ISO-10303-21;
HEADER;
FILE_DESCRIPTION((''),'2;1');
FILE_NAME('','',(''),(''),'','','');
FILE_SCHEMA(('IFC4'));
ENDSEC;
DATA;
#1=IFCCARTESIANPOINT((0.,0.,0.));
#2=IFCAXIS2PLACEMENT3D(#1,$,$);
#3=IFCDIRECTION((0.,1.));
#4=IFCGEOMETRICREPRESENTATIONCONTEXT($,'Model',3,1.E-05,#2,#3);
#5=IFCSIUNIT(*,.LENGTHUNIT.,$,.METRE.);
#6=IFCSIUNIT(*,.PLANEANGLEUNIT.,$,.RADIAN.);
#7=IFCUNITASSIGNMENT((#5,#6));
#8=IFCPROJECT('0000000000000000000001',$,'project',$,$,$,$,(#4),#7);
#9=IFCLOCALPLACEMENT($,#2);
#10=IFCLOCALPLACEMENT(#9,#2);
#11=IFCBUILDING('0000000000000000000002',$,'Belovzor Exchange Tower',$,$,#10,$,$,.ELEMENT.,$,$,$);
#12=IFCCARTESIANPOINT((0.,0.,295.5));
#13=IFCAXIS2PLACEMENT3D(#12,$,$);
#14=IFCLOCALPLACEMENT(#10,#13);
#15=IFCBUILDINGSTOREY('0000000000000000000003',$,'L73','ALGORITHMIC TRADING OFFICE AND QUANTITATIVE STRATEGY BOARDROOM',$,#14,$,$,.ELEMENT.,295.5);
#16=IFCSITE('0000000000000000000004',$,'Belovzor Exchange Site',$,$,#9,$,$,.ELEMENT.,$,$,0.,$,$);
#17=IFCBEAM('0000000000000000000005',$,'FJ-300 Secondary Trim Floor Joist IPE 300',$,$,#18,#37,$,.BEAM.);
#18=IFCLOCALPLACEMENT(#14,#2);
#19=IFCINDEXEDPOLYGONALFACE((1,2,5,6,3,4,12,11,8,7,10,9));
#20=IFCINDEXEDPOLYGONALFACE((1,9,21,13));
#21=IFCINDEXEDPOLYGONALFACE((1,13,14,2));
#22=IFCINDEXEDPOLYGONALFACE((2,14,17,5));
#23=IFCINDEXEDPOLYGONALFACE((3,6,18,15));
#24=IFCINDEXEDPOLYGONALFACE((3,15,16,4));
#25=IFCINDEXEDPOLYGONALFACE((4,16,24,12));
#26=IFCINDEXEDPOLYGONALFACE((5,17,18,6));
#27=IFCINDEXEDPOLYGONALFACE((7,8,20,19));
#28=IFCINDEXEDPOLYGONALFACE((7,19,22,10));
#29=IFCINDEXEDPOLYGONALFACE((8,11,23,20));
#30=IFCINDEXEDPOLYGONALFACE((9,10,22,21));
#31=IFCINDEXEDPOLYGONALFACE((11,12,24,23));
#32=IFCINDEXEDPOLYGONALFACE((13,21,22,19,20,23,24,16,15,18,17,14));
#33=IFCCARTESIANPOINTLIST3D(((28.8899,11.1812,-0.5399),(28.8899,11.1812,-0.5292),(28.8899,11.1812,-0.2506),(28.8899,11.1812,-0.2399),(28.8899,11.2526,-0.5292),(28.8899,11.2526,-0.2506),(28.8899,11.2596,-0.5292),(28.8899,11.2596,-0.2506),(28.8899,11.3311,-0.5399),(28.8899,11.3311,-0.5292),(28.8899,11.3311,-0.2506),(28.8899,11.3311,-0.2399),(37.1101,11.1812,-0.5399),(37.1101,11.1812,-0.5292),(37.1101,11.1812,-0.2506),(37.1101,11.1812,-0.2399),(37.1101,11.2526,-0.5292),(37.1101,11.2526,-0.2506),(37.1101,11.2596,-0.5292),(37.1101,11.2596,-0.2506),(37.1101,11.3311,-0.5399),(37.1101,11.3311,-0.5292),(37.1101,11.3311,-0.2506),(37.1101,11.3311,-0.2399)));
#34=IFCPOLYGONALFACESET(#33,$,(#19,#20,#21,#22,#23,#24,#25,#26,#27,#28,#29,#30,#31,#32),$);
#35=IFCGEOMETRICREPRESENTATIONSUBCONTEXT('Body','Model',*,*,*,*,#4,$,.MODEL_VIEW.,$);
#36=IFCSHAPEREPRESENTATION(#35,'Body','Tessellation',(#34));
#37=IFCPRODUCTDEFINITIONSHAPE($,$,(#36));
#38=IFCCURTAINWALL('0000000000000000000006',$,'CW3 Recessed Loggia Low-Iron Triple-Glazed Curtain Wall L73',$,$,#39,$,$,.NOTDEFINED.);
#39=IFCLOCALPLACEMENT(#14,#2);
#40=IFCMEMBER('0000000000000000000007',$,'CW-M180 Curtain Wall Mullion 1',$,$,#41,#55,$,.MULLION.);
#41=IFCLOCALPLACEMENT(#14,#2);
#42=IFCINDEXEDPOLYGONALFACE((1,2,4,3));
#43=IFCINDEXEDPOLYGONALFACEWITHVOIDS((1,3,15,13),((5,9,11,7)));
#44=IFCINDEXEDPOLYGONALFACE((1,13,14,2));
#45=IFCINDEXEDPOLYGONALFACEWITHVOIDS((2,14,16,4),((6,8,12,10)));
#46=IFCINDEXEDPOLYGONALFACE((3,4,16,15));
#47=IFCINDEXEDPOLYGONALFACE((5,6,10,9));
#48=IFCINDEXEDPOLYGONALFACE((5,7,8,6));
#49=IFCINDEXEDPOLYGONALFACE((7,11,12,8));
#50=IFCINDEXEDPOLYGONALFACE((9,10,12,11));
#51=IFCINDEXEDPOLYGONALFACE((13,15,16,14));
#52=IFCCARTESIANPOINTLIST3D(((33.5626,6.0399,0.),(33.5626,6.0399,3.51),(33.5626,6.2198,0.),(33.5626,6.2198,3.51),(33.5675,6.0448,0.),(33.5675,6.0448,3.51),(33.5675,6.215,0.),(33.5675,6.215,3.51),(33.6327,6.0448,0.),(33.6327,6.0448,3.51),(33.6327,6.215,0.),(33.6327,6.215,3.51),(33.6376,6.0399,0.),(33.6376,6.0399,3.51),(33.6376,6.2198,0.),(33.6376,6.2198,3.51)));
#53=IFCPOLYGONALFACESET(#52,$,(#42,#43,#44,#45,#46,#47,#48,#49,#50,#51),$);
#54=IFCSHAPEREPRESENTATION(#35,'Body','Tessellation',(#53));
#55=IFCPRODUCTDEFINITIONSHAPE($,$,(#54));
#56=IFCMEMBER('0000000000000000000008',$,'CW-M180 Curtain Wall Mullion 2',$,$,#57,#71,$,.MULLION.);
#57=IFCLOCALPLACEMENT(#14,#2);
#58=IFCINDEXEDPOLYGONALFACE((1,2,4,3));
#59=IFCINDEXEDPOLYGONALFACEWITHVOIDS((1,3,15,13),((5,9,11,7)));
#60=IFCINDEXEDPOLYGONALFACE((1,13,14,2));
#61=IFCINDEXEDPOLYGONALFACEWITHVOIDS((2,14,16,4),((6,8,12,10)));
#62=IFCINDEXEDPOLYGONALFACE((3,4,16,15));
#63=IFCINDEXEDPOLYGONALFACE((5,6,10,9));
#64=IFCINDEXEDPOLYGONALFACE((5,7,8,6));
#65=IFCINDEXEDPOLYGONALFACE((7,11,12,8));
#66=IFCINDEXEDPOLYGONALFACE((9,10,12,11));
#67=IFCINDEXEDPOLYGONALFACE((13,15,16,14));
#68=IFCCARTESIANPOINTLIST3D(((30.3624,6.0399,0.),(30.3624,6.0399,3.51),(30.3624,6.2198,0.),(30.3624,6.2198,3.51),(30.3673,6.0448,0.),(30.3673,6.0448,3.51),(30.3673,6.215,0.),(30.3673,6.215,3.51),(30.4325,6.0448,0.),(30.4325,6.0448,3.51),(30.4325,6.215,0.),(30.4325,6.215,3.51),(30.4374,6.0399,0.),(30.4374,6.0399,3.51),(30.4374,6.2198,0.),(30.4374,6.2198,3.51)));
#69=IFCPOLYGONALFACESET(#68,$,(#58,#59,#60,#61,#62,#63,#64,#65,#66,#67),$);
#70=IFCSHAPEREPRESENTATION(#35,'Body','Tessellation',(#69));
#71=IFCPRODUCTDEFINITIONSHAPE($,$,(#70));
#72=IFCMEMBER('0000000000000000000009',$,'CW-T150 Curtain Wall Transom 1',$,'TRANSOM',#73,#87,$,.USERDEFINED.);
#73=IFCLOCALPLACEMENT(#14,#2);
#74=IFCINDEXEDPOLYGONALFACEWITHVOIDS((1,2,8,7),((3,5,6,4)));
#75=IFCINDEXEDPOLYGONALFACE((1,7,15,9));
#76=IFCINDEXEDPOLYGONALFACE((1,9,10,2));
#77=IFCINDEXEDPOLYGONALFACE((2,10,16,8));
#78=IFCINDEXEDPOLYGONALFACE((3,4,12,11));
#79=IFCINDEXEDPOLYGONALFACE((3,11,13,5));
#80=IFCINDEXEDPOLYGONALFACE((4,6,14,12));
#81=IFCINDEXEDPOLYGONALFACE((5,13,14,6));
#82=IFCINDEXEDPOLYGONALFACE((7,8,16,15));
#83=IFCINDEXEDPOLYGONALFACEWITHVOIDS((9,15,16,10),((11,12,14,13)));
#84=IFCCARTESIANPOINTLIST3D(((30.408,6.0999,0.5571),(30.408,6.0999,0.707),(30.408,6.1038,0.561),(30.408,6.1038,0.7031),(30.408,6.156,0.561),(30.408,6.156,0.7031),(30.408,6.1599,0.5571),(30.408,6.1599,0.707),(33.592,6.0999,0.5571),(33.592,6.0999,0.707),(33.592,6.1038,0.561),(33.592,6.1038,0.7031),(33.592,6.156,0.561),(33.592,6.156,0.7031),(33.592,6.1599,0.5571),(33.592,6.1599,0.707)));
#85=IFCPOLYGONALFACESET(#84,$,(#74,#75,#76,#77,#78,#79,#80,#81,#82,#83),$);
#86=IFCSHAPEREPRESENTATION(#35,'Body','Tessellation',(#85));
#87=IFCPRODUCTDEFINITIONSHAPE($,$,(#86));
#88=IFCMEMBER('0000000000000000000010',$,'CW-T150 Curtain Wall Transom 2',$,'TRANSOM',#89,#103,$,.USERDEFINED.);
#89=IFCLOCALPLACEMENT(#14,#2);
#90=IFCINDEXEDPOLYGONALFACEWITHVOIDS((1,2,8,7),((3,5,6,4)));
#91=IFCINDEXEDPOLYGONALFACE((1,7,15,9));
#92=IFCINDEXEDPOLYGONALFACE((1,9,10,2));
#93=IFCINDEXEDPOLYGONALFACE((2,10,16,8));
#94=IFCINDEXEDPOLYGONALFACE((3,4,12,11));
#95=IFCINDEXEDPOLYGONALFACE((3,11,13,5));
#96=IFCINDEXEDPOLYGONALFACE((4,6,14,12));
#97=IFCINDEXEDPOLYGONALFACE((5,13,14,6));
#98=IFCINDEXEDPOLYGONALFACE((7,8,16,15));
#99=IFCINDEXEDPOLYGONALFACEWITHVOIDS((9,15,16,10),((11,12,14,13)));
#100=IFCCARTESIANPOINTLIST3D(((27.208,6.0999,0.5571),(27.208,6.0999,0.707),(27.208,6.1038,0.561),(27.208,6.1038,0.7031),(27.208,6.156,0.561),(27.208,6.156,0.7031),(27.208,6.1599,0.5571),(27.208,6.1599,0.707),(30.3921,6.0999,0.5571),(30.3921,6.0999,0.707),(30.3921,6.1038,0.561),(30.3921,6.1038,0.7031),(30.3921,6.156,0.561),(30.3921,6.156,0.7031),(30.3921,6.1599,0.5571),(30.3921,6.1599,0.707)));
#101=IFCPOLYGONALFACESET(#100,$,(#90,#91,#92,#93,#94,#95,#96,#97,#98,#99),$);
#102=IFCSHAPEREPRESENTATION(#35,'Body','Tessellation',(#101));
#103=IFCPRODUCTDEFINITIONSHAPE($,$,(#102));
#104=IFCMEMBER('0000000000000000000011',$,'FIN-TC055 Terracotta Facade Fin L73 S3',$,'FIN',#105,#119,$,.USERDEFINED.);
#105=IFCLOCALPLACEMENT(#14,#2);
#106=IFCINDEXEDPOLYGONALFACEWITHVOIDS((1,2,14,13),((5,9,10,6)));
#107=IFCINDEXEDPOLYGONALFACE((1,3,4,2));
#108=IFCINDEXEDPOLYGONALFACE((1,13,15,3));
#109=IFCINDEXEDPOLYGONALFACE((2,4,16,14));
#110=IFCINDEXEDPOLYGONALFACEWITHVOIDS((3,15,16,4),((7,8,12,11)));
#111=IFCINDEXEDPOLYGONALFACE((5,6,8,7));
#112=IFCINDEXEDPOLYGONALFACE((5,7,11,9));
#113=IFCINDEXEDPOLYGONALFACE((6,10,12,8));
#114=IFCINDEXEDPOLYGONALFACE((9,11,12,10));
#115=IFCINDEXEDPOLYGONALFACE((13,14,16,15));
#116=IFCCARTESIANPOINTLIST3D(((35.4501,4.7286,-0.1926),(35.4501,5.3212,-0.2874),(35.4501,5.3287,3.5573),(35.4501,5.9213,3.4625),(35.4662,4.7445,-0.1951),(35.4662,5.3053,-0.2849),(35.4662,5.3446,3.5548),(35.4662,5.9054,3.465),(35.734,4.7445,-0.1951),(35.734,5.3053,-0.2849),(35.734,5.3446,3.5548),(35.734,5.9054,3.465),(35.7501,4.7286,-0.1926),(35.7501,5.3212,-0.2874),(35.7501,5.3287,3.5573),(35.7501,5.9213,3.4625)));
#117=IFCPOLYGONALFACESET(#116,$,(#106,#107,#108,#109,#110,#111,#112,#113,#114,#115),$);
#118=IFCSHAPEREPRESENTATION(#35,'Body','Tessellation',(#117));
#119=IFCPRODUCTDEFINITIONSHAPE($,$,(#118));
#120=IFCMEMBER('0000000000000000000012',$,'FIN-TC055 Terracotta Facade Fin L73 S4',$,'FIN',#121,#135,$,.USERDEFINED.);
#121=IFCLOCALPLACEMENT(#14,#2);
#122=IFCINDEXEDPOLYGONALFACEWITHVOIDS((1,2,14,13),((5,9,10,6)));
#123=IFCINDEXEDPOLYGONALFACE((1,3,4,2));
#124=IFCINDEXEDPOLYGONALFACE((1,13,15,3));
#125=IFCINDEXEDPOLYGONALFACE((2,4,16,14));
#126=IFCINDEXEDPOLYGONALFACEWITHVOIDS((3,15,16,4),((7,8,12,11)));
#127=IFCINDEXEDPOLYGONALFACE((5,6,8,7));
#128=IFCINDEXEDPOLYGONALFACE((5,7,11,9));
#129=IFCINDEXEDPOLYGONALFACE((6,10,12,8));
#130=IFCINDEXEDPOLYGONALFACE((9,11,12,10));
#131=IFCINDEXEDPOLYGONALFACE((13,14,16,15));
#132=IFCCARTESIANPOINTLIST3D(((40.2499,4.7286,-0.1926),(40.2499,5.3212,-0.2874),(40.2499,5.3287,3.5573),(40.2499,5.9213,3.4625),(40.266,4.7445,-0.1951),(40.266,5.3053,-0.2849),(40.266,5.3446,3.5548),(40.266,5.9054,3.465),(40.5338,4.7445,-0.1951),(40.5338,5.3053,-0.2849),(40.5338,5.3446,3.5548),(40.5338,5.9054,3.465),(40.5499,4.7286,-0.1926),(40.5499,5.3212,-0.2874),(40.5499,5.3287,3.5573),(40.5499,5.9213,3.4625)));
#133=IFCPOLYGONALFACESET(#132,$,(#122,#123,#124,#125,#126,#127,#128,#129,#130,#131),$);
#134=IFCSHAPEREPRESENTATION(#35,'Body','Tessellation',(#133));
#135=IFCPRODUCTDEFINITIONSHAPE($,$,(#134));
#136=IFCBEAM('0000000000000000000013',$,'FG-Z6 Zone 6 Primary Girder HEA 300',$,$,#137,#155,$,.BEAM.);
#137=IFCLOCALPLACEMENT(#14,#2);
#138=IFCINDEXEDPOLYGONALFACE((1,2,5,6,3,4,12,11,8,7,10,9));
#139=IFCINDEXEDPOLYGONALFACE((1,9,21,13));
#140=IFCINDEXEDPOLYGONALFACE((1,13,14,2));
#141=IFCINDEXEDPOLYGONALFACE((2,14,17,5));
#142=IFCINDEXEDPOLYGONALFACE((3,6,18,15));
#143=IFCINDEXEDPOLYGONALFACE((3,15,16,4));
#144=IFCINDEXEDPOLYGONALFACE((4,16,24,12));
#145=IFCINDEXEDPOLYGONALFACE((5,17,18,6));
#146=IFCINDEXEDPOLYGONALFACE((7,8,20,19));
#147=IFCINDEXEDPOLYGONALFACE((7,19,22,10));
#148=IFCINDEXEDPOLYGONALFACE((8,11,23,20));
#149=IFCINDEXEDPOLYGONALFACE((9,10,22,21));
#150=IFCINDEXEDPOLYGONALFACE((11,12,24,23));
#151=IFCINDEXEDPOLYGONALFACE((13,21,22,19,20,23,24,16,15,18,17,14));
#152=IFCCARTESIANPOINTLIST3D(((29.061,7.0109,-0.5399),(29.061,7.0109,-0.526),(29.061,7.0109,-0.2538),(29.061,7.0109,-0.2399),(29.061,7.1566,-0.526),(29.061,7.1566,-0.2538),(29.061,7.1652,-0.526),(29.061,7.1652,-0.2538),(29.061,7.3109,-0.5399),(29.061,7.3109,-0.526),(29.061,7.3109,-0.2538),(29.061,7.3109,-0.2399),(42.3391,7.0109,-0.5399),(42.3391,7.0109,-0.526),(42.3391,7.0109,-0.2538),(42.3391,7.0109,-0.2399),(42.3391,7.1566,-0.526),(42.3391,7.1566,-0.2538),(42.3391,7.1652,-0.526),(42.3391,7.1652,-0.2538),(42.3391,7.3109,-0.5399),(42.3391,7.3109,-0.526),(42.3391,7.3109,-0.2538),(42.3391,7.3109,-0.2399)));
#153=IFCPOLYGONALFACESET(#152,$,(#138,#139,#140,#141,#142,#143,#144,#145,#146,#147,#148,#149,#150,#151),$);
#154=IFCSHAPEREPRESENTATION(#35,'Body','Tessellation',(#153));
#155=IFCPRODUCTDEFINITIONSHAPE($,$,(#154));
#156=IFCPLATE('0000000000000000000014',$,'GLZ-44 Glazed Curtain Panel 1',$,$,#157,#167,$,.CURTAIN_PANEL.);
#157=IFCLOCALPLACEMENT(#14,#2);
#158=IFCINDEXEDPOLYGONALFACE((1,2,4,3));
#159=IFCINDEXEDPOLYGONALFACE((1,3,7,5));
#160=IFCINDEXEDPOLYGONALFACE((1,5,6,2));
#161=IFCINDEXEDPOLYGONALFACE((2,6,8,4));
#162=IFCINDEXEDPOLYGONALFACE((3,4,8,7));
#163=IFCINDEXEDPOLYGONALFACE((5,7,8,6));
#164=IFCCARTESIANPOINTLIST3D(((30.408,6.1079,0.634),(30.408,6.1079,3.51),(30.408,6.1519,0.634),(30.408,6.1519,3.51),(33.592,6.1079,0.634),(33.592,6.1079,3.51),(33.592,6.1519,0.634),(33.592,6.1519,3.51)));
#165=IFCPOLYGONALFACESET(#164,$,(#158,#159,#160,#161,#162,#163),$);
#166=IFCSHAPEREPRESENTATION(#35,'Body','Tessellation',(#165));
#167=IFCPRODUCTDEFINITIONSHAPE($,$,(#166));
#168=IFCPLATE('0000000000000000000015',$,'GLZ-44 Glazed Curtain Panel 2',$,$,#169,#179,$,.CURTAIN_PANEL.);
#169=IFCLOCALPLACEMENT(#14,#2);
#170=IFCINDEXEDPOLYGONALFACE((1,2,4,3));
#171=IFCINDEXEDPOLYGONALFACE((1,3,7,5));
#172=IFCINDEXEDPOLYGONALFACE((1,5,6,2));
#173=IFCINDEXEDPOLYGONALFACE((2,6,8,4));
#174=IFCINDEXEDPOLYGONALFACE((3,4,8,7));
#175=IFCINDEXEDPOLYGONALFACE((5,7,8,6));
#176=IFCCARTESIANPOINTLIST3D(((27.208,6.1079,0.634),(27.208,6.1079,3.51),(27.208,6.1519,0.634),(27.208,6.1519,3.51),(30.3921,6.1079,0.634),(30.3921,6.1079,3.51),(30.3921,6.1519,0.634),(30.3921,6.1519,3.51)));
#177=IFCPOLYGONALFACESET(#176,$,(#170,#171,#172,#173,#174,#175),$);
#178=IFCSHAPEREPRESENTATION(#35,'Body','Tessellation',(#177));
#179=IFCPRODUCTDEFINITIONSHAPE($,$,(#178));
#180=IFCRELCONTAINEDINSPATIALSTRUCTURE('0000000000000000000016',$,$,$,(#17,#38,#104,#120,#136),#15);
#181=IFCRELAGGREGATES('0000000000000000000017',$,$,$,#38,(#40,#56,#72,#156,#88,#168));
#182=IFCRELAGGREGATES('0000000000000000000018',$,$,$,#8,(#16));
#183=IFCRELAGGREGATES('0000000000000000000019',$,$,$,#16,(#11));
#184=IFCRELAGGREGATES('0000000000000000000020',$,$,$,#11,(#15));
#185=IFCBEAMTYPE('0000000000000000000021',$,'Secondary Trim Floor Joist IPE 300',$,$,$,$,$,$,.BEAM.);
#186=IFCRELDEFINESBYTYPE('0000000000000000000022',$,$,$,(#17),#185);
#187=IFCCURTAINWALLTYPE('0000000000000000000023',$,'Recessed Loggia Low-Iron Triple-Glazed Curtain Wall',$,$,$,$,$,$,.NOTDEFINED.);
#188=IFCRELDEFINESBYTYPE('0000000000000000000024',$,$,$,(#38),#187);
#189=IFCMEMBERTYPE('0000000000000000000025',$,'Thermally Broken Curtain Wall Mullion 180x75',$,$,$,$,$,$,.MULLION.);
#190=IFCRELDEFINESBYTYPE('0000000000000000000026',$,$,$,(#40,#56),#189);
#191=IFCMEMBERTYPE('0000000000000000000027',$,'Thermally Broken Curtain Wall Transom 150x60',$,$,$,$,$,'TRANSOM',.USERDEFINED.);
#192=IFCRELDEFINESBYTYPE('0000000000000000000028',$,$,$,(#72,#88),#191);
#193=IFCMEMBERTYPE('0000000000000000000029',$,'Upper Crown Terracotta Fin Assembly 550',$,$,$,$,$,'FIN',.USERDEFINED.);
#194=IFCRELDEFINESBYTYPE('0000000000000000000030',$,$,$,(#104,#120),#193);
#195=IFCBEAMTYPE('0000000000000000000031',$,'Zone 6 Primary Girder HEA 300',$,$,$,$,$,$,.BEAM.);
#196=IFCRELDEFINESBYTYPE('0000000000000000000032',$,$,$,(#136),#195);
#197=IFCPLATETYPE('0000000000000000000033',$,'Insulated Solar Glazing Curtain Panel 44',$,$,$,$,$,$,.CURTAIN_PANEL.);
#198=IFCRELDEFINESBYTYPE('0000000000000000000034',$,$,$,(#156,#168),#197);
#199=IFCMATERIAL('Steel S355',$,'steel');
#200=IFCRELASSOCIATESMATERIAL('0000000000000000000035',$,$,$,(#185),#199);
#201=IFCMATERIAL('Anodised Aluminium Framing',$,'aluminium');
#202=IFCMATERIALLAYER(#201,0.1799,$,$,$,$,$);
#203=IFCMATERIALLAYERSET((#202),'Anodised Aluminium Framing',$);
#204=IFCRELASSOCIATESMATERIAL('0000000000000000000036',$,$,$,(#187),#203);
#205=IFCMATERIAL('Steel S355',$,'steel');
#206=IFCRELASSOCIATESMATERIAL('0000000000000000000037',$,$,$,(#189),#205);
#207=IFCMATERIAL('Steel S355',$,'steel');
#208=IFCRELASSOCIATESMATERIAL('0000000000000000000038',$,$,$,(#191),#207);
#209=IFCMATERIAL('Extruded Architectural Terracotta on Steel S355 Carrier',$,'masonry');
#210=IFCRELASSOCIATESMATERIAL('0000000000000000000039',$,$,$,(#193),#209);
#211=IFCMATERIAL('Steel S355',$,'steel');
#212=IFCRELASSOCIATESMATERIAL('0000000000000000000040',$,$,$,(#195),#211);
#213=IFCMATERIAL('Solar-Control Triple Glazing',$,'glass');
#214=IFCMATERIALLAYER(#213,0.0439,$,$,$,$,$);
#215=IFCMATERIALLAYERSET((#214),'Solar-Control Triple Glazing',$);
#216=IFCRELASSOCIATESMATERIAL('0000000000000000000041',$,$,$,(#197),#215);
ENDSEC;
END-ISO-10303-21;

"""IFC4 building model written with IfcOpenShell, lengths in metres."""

from ifc_helpers import new_model, si_unit, direction, frame, origin, origin_2d, place, context, subcontext, project, spatial, rectangle, hollow_rectangle, i_section, extrude, material, layer, layer_set, material_profile, profile_set, type_object, element, aggregate, save


model = new_model("IFC4")

# Units and contexts
model_context = context("Model", 3, precision=1e-05, world=origin(), true_north=direction((0.0, 1.0)))
body_context = subcontext(model_context, "Body", "Model", "MODEL_VIEW")
ifc_project = project(units=[si_unit("LENGTHUNIT", "METRE"), si_unit("PLANEANGLEUNIT", "RADIAN")], contexts=[model_context])

# Site, building, storey
site_placement = place(None, origin())
site = spatial("IfcSite", under=ifc_project, at=site_placement, Name="Belovzor Exchange Site", CompositionType="ELEMENT", RefElevation=0.0)
building_placement = place(site_placement, origin())
building = spatial("IfcBuilding", under=site, at=building_placement, Name="Belovzor Exchange Tower", CompositionType="ELEMENT")
storey_placement = place(building_placement, frame((0.0, 0.0, 295.5)))
storey = spatial("IfcBuildingStorey", under=building, at=storey_placement, Name="L73", Description="ALGORITHMIC TRADING OFFICE AND QUANTITATIVE STRATEGY BOARDROOM", CompositionType="ELEMENT", Elevation=295.5)

# Beam
ifc_material_1 = material(Name="Steel S355", Category="steel")
ifc_material_profile_1 = material_profile(ifc_material_1, i_section(OverallWidth=0.1499, OverallDepth=0.3, WebThickness=0.0071, FlangeThickness=0.0107, at=origin_2d()))
ifc_profile_set_1 = profile_set([ifc_material_profile_1], Name="Steel S355")
beam_type_1 = type_object("IfcBeamType", Name="Secondary Trim Floor Joist IPE 300", PredefinedType="BEAM", material=ifc_profile_set_1)
beam_1_placement = place(storey_placement, frame((28.8899, 11.2561, -0.3899), z_axis=(1.0, 0.0, 0.0), x_axis=(0.0, 1.0, 0.0)))
element("IfcBeam", 1, at=beam_1_placement, inside=storey, type_object=beam_type_1, Name="FJ-300 Secondary Trim Floor Joist IPE 300", PredefinedType="BEAM", context=body_context, shape_type="SweptSolid", body=[
    extrude(i_section(OverallWidth=0.1499, OverallDepth=0.3, WebThickness=0.0071, FlangeThickness=0.0107, at=origin_2d()), origin(), (0.0, 0.0, 1.0), 8.2202),
])

# Curtain wall, members
ifc_material_2 = material(Name="Anodised Aluminium Framing", Category="aluminium")
ifc_layer_1 = layer(ifc_material_2, 0.1799)
ifc_layer_set_1 = layer_set([ifc_layer_1], Name="Anodised Aluminium Framing")
curtain_wall_type = type_object("IfcCurtainWallType", Name="Recessed Loggia Low-Iron Triple-Glazed Curtain Wall", PredefinedType="NOTDEFINED", material=ifc_layer_set_1)
curtain_wall_placement = place(storey_placement, origin())
curtain_wall = element("IfcCurtainWall", 2, at=curtain_wall_placement, inside=storey, type_object=curtain_wall_type, Name="CW3 Recessed Loggia Low-Iron Triple-Glazed Curtain Wall L73", PredefinedType="NOTDEFINED")
ifc_material_3 = material(Name="Steel S355", Category="steel")
ifc_material_profile_2 = material_profile(ifc_material_3, hollow_rectangle(XDim=0.075, YDim=0.1799, WallThickness=0.0049, at=origin_2d()))
ifc_profile_set_2 = profile_set([ifc_material_profile_2], Name="Steel S355")
member_type_1 = type_object("IfcMemberType", Name="Thermally Broken Curtain Wall Mullion 180x75", PredefinedType="MULLION", material=ifc_profile_set_2)
member_1_placement = place(storey_placement, frame((33.6001, 6.1299, 0.0), z_axis=(0.0, 0.0, 1.0), x_axis=(-1.0, 0.0, 0.0)))
member_1 = element("IfcMember", 3, at=member_1_placement, type_object=member_type_1, Name="CW-M180 Curtain Wall Mullion 1", PredefinedType="MULLION", context=body_context, shape_type="SweptSolid", body=[
    extrude(hollow_rectangle(XDim=0.075, YDim=0.1799, WallThickness=0.0049, at=origin_2d()), origin(), (0.0, 0.0, 1.0), 3.51),
])
member_2_placement = place(storey_placement, frame((30.3999, 6.1299, 0.0), z_axis=(0.0, 0.0, 1.0), x_axis=(-1.0, 0.0, 0.0)))
member_2 = element("IfcMember", 4, at=member_2_placement, type_object=member_type_1, Name="CW-M180 Curtain Wall Mullion 2", PredefinedType="MULLION", context=body_context, shape_type="SweptSolid", body=[
    extrude(hollow_rectangle(XDim=0.075, YDim=0.1799, WallThickness=0.0049, at=origin_2d()), origin(), (0.0, 0.0, 1.0), 3.51),
])
ifc_material_4 = material(Name="Steel S355", Category="steel")
ifc_material_profile_3 = material_profile(ifc_material_4, hollow_rectangle(XDim=0.0601, YDim=0.1499, WallThickness=0.0039, at=origin_2d()))
ifc_profile_set_3 = profile_set([ifc_material_profile_3], Name="Steel S355")
member_type_2 = type_object("IfcMemberType", Name="Thermally Broken Curtain Wall Transom 150x60", ElementType="TRANSOM", PredefinedType="USERDEFINED", material=ifc_profile_set_3)
member_3_placement = place(storey_placement, frame((33.592, 6.1299, 0.6321), z_axis=(-1.0, 0.0, 0.0), x_axis=(0.0, -1.0, 0.0)))
member_3 = element("IfcMember", 5, at=member_3_placement, type_object=member_type_2, Name="CW-T150 Curtain Wall Transom 1", ObjectType="TRANSOM", PredefinedType="USERDEFINED", context=body_context, shape_type="SweptSolid", body=[
    extrude(hollow_rectangle(XDim=0.0601, YDim=0.1499, WallThickness=0.0039, at=origin_2d()), origin(), (0.0, 0.0, 1.0), 3.1841),
])
member_4_placement = place(storey_placement, frame((30.3921, 6.1299, 0.6321), z_axis=(-1.0, 0.0, 0.0), x_axis=(0.0, -1.0, 0.0)))
member_4 = element("IfcMember", 6, at=member_4_placement, type_object=member_type_2, Name="CW-T150 Curtain Wall Transom 2", ObjectType="TRANSOM", PredefinedType="USERDEFINED", context=body_context, shape_type="SweptSolid", body=[
    extrude(hollow_rectangle(XDim=0.0601, YDim=0.1499, WallThickness=0.0039, at=origin_2d()), origin(), (0.0, 0.0, 1.0), 3.1841),
])

# Members
ifc_material_5 = material(Name="Extruded Architectural Terracotta on Steel S355 Carrier", Category="masonry")
ifc_material_profile_4 = material_profile(ifc_material_5, hollow_rectangle(XDim=0.3, YDim=0.6001, WallThickness=0.0161, at=origin_2d()))
ifc_profile_set_4 = profile_set([ifc_material_profile_4], Name="Extruded Architectural Terracotta on Steel S355 Carrier")
member_type_3 = type_object("IfcMemberType", Name="Upper Crown Terracotta Fin Assembly 550", ElementType="FIN", PredefinedType="USERDEFINED", material=ifc_profile_set_4)
for number, where, z_axis, x_axis, name in (
    (7, (35.6001, 5.0249, -0.24), (0.0, 0.158016, 0.987437), (-1.0, 0.0, 0.0), "FIN-TC055 Terracotta Facade Fin L73 S3"),
    (8, (40.3999, 5.0249, -0.24), (0.0, 0.158016, 0.987437), (-1.0, 0.0, 0.0), "FIN-TC055 Terracotta Facade Fin L73 S4"),
):
    element("IfcMember", number, at=place(storey_placement, frame(where, z_axis=z_axis, x_axis=x_axis)), inside=storey, type_object=member_type_3, Name=name, ObjectType="FIN", PredefinedType="USERDEFINED", context=body_context, shape_type="SweptSolid", body=[
        extrude(hollow_rectangle(XDim=0.3, YDim=0.6001, WallThickness=0.0161, at=origin_2d()), origin(), (0.0, 0.0, 1.0), 3.7976),
    ])

# Beam
ifc_material_6 = material(Name="Steel S355", Category="steel")
ifc_material_profile_5 = material_profile(ifc_material_6, i_section(OverallWidth=0.3, OverallDepth=0.3, WebThickness=0.0085, FlangeThickness=0.0139, at=origin_2d()))
ifc_profile_set_5 = profile_set([ifc_material_profile_5], Name="Steel S355")
beam_type_2 = type_object("IfcBeamType", Name="Zone 6 Primary Girder HEA 300", PredefinedType="BEAM", material=ifc_profile_set_5)
beam_2_placement = place(storey_placement, frame((29.061, 7.1609, -0.3899), z_axis=(1.0, 0.0, 0.0), x_axis=(0.0, 1.0, 0.0)))
element("IfcBeam", 9, at=beam_2_placement, inside=storey, type_object=beam_type_2, Name="FG-Z6 Zone 6 Primary Girder HEA 300", PredefinedType="BEAM", context=body_context, shape_type="SweptSolid", body=[
    extrude(i_section(OverallWidth=0.3, OverallDepth=0.3, WebThickness=0.0085, FlangeThickness=0.0139, at=origin_2d()), origin(), (0.0, 0.0, 1.0), 13.2781),
])

# Plates
ifc_material_7 = material(Name="Solar-Control Triple Glazing", Category="glass")
ifc_layer_2 = layer(ifc_material_7, 0.0439)
ifc_layer_set_2 = layer_set([ifc_layer_2], Name="Solar-Control Triple Glazing")
plate_type_1 = type_object("IfcPlateType", Name="Insulated Solar Glazing Curtain Panel 44", PredefinedType="CURTAIN_PANEL", material=ifc_layer_set_2)
plate_1_placement = place(storey_placement, frame((32.0, 6.1299, 0.634), z_axis=(0.0, 0.0, 1.0), x_axis=(-1.0, 0.0, 0.0)))
plate_1 = element("IfcPlate", 10, at=plate_1_placement, type_object=plate_type_1, Name="GLZ-44 Glazed Curtain Panel 1", PredefinedType="CURTAIN_PANEL", context=body_context, shape_type="SweptSolid", body=[
    extrude(rectangle(XDim=3.1841, YDim=0.0439, at=origin_2d()), origin(), (0.0, 0.0, 1.0), 2.876),
])
plate_2_placement = place(storey_placement, frame((28.8, 6.1299, 0.634), z_axis=(0.0, 0.0, 1.0), x_axis=(-1.0, 0.0, 0.0)))
plate_2 = element("IfcPlate", 11, at=plate_2_placement, type_object=plate_type_1, Name="GLZ-44 Glazed Curtain Panel 2", PredefinedType="CURTAIN_PANEL", context=body_context, shape_type="SweptSolid", body=[
    extrude(rectangle(XDim=3.1841, YDim=0.0439, at=origin_2d()), origin(), (0.0, 0.0, 1.0), 2.876),
])
aggregate(curtain_wall, [member_1, member_2, member_3, plate_1, member_4, plate_2])

save(model, "model.ifc")
